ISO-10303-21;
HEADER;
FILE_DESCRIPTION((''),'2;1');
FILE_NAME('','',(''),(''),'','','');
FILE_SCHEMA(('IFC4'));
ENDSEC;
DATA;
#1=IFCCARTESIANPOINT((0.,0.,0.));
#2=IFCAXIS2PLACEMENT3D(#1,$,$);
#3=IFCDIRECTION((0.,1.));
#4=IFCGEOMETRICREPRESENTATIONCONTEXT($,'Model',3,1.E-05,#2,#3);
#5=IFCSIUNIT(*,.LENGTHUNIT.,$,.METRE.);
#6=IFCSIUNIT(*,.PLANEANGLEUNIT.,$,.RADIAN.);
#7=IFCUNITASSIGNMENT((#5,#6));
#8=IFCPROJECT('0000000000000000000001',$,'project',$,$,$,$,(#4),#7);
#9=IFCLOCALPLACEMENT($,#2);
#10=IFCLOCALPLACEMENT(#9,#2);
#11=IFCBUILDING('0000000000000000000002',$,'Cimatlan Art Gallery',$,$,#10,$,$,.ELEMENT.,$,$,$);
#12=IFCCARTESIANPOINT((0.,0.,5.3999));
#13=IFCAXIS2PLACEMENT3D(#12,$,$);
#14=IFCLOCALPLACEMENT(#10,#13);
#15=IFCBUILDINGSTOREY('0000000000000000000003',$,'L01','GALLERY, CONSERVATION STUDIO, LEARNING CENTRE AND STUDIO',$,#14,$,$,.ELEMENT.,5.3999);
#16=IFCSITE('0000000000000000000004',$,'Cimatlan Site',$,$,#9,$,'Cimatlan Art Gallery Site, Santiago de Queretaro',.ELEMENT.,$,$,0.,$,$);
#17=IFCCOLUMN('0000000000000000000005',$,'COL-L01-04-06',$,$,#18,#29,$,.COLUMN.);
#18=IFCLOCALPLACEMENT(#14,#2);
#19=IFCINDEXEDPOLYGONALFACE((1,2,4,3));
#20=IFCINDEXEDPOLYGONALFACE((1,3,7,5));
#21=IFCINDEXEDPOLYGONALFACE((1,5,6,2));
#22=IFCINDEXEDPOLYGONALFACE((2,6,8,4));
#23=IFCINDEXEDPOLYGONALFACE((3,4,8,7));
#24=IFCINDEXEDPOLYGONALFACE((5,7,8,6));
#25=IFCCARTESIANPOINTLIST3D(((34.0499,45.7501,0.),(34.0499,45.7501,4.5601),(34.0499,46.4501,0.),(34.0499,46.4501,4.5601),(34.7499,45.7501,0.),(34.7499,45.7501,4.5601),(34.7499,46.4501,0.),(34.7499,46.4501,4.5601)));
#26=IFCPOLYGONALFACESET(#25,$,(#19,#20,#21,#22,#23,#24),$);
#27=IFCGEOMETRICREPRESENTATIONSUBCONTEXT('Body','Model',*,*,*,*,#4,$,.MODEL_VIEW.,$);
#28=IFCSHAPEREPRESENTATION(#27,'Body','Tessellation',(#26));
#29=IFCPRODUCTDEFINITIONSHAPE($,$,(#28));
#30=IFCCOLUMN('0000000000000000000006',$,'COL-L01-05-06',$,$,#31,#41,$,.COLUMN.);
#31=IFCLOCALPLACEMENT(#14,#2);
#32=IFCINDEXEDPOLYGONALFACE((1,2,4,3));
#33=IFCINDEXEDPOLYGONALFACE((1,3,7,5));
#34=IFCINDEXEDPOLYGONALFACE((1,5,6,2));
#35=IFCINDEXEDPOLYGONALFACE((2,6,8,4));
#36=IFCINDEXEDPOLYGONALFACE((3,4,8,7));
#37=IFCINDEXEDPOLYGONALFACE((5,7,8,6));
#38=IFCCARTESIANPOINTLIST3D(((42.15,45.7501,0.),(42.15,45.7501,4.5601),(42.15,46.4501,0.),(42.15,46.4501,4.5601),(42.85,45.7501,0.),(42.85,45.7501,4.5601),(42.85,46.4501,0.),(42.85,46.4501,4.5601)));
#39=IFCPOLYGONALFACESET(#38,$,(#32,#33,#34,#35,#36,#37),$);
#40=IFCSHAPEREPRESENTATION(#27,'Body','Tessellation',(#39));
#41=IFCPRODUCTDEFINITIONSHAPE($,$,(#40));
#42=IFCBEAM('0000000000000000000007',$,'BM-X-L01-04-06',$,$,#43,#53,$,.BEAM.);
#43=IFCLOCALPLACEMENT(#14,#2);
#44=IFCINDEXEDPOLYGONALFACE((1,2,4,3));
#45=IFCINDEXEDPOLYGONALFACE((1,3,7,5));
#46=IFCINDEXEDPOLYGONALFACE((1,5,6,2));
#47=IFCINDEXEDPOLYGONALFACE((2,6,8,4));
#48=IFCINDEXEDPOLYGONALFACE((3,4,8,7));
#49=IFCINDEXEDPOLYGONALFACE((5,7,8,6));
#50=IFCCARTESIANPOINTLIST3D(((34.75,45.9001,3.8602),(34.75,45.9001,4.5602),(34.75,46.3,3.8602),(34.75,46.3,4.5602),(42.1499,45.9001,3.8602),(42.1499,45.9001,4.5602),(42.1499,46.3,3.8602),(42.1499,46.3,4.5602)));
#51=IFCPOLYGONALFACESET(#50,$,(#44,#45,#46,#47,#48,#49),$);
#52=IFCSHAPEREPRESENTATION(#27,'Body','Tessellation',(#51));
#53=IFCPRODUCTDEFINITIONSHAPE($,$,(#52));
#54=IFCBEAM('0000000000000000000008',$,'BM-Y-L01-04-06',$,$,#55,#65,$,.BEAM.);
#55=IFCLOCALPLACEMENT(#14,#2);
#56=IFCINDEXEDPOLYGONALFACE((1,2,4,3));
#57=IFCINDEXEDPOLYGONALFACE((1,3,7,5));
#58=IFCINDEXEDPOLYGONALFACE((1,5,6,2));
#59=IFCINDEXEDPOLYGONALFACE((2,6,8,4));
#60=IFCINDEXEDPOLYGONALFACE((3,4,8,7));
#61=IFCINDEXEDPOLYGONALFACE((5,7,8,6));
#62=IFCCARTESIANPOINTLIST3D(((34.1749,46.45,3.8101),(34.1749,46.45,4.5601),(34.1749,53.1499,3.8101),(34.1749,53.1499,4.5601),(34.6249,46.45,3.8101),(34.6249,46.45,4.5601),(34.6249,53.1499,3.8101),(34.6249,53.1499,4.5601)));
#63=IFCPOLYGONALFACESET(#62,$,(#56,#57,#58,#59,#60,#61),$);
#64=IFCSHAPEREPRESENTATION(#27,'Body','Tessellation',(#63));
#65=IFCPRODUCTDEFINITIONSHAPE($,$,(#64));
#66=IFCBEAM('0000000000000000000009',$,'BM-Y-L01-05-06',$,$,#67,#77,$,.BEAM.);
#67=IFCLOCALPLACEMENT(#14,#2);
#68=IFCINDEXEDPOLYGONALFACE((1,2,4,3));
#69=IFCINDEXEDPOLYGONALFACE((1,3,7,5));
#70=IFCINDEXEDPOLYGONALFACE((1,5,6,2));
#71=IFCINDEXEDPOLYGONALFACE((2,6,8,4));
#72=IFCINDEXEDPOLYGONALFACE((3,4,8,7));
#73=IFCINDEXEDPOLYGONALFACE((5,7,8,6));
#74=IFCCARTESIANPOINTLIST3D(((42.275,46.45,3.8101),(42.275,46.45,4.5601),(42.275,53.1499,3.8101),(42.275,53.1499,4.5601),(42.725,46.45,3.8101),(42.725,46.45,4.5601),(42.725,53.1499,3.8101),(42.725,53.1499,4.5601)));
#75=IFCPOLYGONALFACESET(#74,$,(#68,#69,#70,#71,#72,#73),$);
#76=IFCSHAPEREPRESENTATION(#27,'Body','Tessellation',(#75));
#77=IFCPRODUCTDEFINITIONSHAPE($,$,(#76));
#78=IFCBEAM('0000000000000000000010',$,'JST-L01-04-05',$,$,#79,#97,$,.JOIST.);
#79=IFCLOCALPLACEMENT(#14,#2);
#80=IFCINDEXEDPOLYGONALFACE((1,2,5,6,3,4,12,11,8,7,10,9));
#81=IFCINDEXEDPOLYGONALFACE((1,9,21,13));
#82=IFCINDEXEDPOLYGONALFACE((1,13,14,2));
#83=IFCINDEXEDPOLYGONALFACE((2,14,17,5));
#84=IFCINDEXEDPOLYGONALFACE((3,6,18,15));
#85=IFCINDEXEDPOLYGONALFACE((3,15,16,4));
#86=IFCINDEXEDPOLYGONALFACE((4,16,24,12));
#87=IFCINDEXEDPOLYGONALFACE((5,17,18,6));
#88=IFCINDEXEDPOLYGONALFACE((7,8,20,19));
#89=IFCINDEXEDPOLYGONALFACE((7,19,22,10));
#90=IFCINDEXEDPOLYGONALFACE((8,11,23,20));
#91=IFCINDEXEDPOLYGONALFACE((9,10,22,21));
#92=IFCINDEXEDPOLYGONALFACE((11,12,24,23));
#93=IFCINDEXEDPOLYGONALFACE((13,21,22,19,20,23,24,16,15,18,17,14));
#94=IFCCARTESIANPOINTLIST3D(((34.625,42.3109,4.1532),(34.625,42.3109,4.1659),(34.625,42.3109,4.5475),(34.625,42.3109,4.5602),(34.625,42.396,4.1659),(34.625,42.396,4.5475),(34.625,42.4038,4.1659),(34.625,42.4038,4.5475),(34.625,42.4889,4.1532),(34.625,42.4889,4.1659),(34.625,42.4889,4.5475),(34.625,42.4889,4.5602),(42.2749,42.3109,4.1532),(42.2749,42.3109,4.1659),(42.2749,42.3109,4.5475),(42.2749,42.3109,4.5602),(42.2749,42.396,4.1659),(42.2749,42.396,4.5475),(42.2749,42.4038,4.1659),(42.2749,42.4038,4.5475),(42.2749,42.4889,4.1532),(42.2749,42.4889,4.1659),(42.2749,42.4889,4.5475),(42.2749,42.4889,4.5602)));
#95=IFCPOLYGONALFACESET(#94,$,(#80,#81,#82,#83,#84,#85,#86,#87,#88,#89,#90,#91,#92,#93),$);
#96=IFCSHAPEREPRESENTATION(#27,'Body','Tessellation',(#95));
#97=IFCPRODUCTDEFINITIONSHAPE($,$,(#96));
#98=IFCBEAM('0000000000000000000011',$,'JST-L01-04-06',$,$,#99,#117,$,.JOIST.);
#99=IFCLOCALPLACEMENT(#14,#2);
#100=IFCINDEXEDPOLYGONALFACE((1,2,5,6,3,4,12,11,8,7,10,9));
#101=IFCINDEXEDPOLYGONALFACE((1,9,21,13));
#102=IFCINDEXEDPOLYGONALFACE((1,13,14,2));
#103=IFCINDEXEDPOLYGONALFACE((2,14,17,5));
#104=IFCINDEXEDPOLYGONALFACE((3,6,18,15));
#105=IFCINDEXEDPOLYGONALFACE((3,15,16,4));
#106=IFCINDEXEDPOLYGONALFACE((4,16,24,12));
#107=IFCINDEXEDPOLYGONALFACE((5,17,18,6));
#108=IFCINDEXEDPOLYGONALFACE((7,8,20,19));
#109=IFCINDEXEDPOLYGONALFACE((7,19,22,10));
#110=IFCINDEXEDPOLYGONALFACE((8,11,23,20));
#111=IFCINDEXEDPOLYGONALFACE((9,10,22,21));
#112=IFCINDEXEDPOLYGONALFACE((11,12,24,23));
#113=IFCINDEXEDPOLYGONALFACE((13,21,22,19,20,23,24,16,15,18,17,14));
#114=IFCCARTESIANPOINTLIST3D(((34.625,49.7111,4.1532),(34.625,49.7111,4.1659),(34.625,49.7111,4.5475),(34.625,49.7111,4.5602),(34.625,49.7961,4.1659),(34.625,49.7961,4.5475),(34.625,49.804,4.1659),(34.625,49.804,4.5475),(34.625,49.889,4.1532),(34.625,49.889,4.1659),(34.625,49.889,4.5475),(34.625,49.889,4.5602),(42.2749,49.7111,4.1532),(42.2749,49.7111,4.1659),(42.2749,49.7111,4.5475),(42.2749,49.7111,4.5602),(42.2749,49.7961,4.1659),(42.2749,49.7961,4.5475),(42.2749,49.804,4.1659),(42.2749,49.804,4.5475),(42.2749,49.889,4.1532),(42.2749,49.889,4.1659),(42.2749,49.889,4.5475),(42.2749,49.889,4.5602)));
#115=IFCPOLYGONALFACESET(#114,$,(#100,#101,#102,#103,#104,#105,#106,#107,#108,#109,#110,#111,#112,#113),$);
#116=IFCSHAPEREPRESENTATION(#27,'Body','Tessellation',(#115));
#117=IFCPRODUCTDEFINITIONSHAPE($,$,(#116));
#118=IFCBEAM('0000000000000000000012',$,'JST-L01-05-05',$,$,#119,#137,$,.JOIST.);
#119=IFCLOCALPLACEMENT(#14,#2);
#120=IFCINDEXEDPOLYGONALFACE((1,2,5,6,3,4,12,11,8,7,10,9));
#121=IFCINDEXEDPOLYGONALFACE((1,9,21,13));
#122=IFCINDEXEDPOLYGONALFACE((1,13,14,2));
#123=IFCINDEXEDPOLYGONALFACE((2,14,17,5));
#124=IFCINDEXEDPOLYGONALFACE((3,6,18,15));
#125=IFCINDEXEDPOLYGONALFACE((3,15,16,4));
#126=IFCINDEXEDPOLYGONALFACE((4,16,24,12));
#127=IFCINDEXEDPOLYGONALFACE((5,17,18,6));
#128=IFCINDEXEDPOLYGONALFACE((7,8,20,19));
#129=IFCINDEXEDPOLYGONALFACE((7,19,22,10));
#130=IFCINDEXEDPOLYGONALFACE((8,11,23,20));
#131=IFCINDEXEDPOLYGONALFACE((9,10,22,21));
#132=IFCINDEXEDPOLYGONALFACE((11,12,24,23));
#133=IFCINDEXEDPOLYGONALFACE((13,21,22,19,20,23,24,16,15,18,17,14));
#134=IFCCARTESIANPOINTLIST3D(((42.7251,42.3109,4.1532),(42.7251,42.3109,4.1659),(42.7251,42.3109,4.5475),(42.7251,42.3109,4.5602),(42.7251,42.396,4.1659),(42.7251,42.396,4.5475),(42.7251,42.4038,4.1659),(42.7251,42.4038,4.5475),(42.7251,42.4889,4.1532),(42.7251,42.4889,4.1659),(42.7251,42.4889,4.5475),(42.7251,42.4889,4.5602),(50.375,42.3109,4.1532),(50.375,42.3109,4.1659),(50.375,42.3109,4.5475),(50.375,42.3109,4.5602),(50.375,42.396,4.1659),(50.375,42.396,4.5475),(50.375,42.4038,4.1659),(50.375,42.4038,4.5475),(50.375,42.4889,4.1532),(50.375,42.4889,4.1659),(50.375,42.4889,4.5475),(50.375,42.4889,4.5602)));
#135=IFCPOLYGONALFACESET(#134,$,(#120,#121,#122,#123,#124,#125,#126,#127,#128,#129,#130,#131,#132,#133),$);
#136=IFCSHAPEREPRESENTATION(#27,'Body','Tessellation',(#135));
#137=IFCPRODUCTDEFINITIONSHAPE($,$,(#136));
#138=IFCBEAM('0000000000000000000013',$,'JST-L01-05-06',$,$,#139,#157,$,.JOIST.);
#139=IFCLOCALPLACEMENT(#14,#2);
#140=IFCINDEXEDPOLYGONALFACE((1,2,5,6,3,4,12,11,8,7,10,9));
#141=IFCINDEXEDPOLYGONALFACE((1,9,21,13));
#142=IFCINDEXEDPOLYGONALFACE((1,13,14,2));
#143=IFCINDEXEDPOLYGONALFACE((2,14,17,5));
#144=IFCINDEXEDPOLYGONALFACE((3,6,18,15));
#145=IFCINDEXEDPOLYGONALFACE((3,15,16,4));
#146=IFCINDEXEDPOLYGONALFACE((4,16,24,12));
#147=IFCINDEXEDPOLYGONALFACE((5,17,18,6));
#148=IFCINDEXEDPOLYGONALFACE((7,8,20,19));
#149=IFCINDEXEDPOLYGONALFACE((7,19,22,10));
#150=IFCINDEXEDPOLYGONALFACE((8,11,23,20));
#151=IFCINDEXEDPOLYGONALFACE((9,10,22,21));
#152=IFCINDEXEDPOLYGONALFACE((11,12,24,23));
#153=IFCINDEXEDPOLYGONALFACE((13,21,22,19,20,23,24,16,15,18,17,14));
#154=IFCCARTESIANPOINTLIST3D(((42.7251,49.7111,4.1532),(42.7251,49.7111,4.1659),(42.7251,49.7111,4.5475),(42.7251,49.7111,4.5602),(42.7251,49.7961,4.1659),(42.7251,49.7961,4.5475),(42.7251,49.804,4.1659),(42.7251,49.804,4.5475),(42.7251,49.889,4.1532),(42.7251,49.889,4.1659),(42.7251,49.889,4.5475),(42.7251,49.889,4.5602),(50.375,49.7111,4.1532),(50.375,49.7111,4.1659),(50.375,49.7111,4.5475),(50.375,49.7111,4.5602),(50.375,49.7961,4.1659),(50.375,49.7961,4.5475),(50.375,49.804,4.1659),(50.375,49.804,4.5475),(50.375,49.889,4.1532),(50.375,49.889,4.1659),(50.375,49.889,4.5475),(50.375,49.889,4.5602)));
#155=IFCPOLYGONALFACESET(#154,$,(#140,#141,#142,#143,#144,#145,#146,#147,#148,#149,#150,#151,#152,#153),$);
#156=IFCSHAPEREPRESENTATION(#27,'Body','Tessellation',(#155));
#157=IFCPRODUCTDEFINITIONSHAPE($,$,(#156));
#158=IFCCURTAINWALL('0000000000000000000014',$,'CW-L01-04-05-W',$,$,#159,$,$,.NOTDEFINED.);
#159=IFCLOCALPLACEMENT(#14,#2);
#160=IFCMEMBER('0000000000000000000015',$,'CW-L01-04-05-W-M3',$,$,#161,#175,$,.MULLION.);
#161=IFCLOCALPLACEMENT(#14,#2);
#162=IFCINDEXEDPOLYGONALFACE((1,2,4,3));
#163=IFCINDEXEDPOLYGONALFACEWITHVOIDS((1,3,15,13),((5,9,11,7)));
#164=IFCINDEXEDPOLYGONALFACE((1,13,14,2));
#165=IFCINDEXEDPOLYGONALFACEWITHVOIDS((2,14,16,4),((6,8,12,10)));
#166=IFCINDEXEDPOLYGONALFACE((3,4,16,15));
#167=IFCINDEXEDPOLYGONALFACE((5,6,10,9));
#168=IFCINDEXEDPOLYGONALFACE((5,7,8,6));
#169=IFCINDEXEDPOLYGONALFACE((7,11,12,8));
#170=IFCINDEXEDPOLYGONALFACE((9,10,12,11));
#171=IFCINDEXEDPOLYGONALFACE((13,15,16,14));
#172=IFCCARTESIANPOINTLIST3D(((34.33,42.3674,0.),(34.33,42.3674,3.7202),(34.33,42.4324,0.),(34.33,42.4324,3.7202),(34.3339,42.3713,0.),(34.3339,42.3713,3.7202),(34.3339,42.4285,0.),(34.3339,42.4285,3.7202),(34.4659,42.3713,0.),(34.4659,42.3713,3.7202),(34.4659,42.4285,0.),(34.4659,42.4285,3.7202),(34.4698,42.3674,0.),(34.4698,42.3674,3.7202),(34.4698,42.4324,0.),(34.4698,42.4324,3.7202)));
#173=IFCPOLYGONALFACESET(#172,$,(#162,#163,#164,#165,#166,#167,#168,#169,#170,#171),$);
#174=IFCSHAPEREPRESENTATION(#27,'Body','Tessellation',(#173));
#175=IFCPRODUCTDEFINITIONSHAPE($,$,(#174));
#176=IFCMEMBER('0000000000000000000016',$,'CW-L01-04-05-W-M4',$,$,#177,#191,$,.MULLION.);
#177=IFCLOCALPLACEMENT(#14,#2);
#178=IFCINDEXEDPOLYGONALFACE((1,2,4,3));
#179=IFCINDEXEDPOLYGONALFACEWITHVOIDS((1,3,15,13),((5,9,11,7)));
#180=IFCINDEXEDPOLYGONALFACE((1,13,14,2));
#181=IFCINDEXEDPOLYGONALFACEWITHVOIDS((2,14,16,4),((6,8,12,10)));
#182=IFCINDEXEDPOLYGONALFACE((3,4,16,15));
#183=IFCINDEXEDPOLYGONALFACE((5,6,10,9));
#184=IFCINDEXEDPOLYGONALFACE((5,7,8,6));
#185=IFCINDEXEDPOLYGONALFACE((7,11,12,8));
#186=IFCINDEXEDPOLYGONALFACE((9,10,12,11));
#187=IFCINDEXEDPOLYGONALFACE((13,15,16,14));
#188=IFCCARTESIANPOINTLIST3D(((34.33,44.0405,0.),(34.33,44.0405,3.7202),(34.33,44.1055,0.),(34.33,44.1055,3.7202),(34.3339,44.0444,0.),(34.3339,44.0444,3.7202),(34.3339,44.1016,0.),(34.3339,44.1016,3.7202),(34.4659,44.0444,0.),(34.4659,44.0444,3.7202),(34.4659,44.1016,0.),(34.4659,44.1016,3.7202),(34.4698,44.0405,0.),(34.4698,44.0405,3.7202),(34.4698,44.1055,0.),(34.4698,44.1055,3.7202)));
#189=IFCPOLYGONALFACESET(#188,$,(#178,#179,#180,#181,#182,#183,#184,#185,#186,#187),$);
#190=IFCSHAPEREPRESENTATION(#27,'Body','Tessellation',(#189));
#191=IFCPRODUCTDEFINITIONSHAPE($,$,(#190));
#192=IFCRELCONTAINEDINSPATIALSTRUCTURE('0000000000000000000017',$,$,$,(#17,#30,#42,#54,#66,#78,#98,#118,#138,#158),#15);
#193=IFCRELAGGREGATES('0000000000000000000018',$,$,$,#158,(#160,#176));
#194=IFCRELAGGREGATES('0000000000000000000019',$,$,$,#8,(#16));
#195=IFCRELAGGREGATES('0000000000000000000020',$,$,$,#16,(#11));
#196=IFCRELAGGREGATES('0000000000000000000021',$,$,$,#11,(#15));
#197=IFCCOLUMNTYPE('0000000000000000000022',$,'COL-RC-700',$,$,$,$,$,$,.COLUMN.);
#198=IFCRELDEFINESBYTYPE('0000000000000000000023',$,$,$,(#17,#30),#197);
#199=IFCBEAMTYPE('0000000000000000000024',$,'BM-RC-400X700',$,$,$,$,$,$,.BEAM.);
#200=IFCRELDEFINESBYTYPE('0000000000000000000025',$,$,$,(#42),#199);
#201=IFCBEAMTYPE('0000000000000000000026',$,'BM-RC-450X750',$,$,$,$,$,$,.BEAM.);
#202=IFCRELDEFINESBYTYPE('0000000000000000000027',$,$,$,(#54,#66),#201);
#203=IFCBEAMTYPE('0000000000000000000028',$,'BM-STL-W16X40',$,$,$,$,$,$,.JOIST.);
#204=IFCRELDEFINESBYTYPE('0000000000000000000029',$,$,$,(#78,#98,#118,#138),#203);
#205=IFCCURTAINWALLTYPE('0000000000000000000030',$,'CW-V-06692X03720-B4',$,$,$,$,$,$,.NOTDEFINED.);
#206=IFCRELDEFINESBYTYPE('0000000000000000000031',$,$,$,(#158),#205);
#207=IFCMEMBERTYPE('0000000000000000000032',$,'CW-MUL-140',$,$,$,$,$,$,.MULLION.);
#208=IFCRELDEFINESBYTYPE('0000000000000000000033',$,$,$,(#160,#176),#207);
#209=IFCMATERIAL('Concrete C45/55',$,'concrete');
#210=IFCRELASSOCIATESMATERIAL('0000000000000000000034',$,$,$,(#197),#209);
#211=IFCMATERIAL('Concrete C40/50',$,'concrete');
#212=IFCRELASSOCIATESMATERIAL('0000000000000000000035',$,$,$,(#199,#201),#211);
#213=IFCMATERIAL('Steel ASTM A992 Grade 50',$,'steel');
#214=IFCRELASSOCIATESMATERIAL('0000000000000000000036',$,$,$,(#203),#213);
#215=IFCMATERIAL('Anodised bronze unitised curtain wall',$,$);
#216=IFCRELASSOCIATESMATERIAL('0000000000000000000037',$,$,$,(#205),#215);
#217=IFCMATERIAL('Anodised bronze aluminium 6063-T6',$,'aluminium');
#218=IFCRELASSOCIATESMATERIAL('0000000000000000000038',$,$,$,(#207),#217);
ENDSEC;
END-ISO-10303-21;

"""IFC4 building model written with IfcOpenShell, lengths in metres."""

from ifc_helpers import new_model, si_unit, direction, frame, origin, origin_2d, place, context, subcontext, project, spatial, rectangle, hollow_rectangle, i_section, extrude, material, material_profile, profile_set, type_object, element, aggregate, save


model = new_model("IFC4")

# Units and contexts
model_context = context("Model", 3, precision=1e-05, world=origin(), true_north=direction((0.0, 1.0)))
body_context = subcontext(model_context, "Body", "Model", "MODEL_VIEW")
ifc_project = project(units=[si_unit("LENGTHUNIT", "METRE"), si_unit("PLANEANGLEUNIT", "RADIAN")], contexts=[model_context])

# Site, building, storey
site_placement = place(None, origin())
site = spatial("IfcSite", under=ifc_project, at=site_placement, Name="Cimatlan Site", LongName="Cimatlan Art Gallery Site, Santiago de Queretaro", CompositionType="ELEMENT", RefElevation=0.0)
building_placement = place(site_placement, origin())
building = spatial("IfcBuilding", under=site, at=building_placement, Name="Cimatlan Art Gallery", CompositionType="ELEMENT")
storey_placement = place(building_placement, frame((0.0, 0.0, 5.3999)))
storey = spatial("IfcBuildingStorey", under=building, at=storey_placement, Name="L01", Description="GALLERY, CONSERVATION STUDIO, LEARNING CENTRE AND STUDIO", CompositionType="ELEMENT", Elevation=5.3999)

# Columns
ifc_material_1 = material(Name="Concrete C45/55", Category="concrete")
ifc_material_profile_1 = material_profile(ifc_material_1, rectangle(XDim=0.7, YDim=0.7, at=origin_2d()), Name="RC700X700")
ifc_profile_set_1 = profile_set([ifc_material_profile_1], Name="Concrete C45/55")
column_type = type_object("IfcColumnType", Name="COL-RC-700", PredefinedType="COLUMN", material=ifc_profile_set_1)
for number, where, z_axis, x_axis, name in (
    (1, (34.3999, 46.1001, 0.0), (0.0, 0.0, 1.0), (1.0, 0.0, 0.0), "COL-L01-04-06"),
    (2, (42.5, 46.1001, 0.0), (0.0, 0.0, 1.0), (1.0, 0.0, 0.0), "COL-L01-05-06"),
):
    element("IfcColumn", number, at=place(storey_placement, frame(where, z_axis=z_axis, x_axis=x_axis)), inside=storey, type_object=column_type, Name=name, PredefinedType="COLUMN", context=body_context, shape_type="SweptSolid", body=[
        extrude(rectangle(XDim=0.7, YDim=0.7, at=origin_2d()), origin(), (0.0, 0.0, 1.0), 4.5601),
    ])

# Beams
ifc_material_2 = material(Name="Concrete C40/50", Category="concrete")
ifc_material_profile_2 = material_profile(ifc_material_2, rectangle(XDim=0.3999, YDim=0.7, at=origin_2d()), Name="RC400X700")
ifc_profile_set_2 = profile_set([ifc_material_profile_2], Name="Concrete C40/50")
beam_type_1 = type_object("IfcBeamType", Name="BM-RC-400X700", PredefinedType="BEAM", material=ifc_profile_set_2)
beam_placement = place(storey_placement, frame((34.75, 46.1001, 4.2102), z_axis=(1.0, 0.0, 0.0), x_axis=(0.0, 1.0, 0.0)))
element("IfcBeam", 3, at=beam_placement, inside=storey, type_object=beam_type_1, Name="BM-X-L01-04-06", PredefinedType="BEAM", context=body_context, shape_type="SweptSolid", body=[
    extrude(rectangle(XDim=0.3999, YDim=0.7, at=origin_2d()), origin(), (0.0, 0.0, 1.0), 7.3999),
])
ifc_material_profile_3 = material_profile(ifc_material_2, rectangle(XDim=0.45, YDim=0.75, at=origin_2d()), Name="RC450X750")
ifc_profile_set_3 = profile_set([ifc_material_profile_3], Name="Concrete C40/50")
beam_type_2 = type_object("IfcBeamType", Name="BM-RC-450X750", PredefinedType="BEAM", material=ifc_profile_set_3)
for number, where, z_axis, x_axis, name in (
    (4, (34.3999, 46.45, 4.1851), (0.0, 1.0, 0.0), (-1.0, 0.0, 0.0), "BM-Y-L01-04-06"),
    (5, (42.5, 46.45, 4.1851), (0.0, 1.0, 0.0), (-1.0, 0.0, 0.0), "BM-Y-L01-05-06"),
):
    element("IfcBeam", number, at=place(storey_placement, frame(where, z_axis=z_axis, x_axis=x_axis)), inside=storey, type_object=beam_type_2, Name=name, PredefinedType="BEAM", context=body_context, shape_type="SweptSolid", body=[
        extrude(rectangle(XDim=0.45, YDim=0.75, at=origin_2d()), origin(), (0.0, 0.0, 1.0), 6.7),
    ])
ifc_material_3 = material(Name="Steel ASTM A992 Grade 50", Category="steel")
ifc_material_profile_4 = material_profile(ifc_material_3, i_section(OverallWidth=0.178, OverallDepth=0.407, WebThickness=0.0078, FlangeThickness=0.0127, at=origin_2d()), Name="W16X40")
ifc_profile_set_4 = profile_set([ifc_material_profile_4], Name="Steel ASTM A992 Grade 50")
beam_type_3 = type_object("IfcBeamType", Name="BM-STL-W16X40", PredefinedType="JOIST", material=ifc_profile_set_4)
for number, where, z_axis, x_axis, name in (
    (6, (34.625, 42.3999, 4.3567), (1.0, 0.0, 0.0), (0.0, 1.0, 0.0), "JST-L01-04-05"),
    (7, (34.625, 49.8, 4.3567), (1.0, 0.0, 0.0), (0.0, 1.0, 0.0), "JST-L01-04-06"),
    (8, (42.7251, 42.3999, 4.3567), (1.0, 0.0, 0.0), (0.0, 1.0, 0.0), "JST-L01-05-05"),
    (9, (42.7251, 49.8, 4.3567), (1.0, 0.0, 0.0), (0.0, 1.0, 0.0), "JST-L01-05-06"),
):
    element("IfcBeam", number, at=place(storey_placement, frame(where, z_axis=z_axis, x_axis=x_axis)), inside=storey, type_object=beam_type_3, Name=name, PredefinedType="JOIST", context=body_context, shape_type="SweptSolid", body=[
        extrude(i_section(OverallWidth=0.178, OverallDepth=0.407, WebThickness=0.0078, FlangeThickness=0.0127, at=origin_2d()), origin(), (0.0, 0.0, 1.0), 7.6499),
    ])

# Curtain wall, members
ifc_material_4 = material(Name="Anodised bronze unitised curtain wall")
curtain_wall_type = type_object("IfcCurtainWallType", Name="CW-V-06692X03720-B4", PredefinedType="NOTDEFINED", material=ifc_material_4)
curtain_wall_placement = place(storey_placement, origin())
curtain_wall = element("IfcCurtainWall", 10, at=curtain_wall_placement, inside=storey, type_object=curtain_wall_type, Name="CW-L01-04-05-W", PredefinedType="NOTDEFINED")
ifc_material_5 = material(Name="Anodised bronze aluminium 6063-T6", Category="aluminium")
ifc_material_profile_5 = material_profile(ifc_material_5, hollow_rectangle(XDim=0.0649, YDim=0.1399, WallThickness=0.0039, at=origin_2d()), Name="ALU65X140X4")
ifc_profile_set_5 = profile_set([ifc_material_profile_5], Name="Anodised bronze aluminium 6063-T6")
member_type = type_object("IfcMemberType", Name="CW-MUL-140", PredefinedType="MULLION", material=ifc_profile_set_5)
member_1_placement = place(storey_placement, frame((34.3999, 42.3999, 0.0), z_axis=(0.0, 0.0, 1.0), x_axis=(0.0, 1.0, 0.0)))
member_1 = element("IfcMember", 11, at=member_1_placement, type_object=member_type, Name="CW-L01-04-05-W-M3", PredefinedType="MULLION", context=body_context, shape_type="SweptSolid", body=[
    extrude(hollow_rectangle(XDim=0.0649, YDim=0.1399, WallThickness=0.0039, at=origin_2d()), origin(), (0.0, 0.0, 1.0), 3.7202),
])
member_2_placement = place(storey_placement, frame((34.3999, 44.073, 0.0), z_axis=(0.0, 0.0, 1.0), x_axis=(0.0, 1.0, 0.0)))
member_2 = element("IfcMember", 12, at=member_2_placement, type_object=member_type, Name="CW-L01-04-05-W-M4", PredefinedType="MULLION", context=body_context, shape_type="SweptSolid", body=[
    extrude(hollow_rectangle(XDim=0.0649, YDim=0.1399, WallThickness=0.0039, at=origin_2d()), origin(), (0.0, 0.0, 1.0), 3.7202),
])
aggregate(curtain_wall, [member_1, member_2])

save(model, "model.ifc")
